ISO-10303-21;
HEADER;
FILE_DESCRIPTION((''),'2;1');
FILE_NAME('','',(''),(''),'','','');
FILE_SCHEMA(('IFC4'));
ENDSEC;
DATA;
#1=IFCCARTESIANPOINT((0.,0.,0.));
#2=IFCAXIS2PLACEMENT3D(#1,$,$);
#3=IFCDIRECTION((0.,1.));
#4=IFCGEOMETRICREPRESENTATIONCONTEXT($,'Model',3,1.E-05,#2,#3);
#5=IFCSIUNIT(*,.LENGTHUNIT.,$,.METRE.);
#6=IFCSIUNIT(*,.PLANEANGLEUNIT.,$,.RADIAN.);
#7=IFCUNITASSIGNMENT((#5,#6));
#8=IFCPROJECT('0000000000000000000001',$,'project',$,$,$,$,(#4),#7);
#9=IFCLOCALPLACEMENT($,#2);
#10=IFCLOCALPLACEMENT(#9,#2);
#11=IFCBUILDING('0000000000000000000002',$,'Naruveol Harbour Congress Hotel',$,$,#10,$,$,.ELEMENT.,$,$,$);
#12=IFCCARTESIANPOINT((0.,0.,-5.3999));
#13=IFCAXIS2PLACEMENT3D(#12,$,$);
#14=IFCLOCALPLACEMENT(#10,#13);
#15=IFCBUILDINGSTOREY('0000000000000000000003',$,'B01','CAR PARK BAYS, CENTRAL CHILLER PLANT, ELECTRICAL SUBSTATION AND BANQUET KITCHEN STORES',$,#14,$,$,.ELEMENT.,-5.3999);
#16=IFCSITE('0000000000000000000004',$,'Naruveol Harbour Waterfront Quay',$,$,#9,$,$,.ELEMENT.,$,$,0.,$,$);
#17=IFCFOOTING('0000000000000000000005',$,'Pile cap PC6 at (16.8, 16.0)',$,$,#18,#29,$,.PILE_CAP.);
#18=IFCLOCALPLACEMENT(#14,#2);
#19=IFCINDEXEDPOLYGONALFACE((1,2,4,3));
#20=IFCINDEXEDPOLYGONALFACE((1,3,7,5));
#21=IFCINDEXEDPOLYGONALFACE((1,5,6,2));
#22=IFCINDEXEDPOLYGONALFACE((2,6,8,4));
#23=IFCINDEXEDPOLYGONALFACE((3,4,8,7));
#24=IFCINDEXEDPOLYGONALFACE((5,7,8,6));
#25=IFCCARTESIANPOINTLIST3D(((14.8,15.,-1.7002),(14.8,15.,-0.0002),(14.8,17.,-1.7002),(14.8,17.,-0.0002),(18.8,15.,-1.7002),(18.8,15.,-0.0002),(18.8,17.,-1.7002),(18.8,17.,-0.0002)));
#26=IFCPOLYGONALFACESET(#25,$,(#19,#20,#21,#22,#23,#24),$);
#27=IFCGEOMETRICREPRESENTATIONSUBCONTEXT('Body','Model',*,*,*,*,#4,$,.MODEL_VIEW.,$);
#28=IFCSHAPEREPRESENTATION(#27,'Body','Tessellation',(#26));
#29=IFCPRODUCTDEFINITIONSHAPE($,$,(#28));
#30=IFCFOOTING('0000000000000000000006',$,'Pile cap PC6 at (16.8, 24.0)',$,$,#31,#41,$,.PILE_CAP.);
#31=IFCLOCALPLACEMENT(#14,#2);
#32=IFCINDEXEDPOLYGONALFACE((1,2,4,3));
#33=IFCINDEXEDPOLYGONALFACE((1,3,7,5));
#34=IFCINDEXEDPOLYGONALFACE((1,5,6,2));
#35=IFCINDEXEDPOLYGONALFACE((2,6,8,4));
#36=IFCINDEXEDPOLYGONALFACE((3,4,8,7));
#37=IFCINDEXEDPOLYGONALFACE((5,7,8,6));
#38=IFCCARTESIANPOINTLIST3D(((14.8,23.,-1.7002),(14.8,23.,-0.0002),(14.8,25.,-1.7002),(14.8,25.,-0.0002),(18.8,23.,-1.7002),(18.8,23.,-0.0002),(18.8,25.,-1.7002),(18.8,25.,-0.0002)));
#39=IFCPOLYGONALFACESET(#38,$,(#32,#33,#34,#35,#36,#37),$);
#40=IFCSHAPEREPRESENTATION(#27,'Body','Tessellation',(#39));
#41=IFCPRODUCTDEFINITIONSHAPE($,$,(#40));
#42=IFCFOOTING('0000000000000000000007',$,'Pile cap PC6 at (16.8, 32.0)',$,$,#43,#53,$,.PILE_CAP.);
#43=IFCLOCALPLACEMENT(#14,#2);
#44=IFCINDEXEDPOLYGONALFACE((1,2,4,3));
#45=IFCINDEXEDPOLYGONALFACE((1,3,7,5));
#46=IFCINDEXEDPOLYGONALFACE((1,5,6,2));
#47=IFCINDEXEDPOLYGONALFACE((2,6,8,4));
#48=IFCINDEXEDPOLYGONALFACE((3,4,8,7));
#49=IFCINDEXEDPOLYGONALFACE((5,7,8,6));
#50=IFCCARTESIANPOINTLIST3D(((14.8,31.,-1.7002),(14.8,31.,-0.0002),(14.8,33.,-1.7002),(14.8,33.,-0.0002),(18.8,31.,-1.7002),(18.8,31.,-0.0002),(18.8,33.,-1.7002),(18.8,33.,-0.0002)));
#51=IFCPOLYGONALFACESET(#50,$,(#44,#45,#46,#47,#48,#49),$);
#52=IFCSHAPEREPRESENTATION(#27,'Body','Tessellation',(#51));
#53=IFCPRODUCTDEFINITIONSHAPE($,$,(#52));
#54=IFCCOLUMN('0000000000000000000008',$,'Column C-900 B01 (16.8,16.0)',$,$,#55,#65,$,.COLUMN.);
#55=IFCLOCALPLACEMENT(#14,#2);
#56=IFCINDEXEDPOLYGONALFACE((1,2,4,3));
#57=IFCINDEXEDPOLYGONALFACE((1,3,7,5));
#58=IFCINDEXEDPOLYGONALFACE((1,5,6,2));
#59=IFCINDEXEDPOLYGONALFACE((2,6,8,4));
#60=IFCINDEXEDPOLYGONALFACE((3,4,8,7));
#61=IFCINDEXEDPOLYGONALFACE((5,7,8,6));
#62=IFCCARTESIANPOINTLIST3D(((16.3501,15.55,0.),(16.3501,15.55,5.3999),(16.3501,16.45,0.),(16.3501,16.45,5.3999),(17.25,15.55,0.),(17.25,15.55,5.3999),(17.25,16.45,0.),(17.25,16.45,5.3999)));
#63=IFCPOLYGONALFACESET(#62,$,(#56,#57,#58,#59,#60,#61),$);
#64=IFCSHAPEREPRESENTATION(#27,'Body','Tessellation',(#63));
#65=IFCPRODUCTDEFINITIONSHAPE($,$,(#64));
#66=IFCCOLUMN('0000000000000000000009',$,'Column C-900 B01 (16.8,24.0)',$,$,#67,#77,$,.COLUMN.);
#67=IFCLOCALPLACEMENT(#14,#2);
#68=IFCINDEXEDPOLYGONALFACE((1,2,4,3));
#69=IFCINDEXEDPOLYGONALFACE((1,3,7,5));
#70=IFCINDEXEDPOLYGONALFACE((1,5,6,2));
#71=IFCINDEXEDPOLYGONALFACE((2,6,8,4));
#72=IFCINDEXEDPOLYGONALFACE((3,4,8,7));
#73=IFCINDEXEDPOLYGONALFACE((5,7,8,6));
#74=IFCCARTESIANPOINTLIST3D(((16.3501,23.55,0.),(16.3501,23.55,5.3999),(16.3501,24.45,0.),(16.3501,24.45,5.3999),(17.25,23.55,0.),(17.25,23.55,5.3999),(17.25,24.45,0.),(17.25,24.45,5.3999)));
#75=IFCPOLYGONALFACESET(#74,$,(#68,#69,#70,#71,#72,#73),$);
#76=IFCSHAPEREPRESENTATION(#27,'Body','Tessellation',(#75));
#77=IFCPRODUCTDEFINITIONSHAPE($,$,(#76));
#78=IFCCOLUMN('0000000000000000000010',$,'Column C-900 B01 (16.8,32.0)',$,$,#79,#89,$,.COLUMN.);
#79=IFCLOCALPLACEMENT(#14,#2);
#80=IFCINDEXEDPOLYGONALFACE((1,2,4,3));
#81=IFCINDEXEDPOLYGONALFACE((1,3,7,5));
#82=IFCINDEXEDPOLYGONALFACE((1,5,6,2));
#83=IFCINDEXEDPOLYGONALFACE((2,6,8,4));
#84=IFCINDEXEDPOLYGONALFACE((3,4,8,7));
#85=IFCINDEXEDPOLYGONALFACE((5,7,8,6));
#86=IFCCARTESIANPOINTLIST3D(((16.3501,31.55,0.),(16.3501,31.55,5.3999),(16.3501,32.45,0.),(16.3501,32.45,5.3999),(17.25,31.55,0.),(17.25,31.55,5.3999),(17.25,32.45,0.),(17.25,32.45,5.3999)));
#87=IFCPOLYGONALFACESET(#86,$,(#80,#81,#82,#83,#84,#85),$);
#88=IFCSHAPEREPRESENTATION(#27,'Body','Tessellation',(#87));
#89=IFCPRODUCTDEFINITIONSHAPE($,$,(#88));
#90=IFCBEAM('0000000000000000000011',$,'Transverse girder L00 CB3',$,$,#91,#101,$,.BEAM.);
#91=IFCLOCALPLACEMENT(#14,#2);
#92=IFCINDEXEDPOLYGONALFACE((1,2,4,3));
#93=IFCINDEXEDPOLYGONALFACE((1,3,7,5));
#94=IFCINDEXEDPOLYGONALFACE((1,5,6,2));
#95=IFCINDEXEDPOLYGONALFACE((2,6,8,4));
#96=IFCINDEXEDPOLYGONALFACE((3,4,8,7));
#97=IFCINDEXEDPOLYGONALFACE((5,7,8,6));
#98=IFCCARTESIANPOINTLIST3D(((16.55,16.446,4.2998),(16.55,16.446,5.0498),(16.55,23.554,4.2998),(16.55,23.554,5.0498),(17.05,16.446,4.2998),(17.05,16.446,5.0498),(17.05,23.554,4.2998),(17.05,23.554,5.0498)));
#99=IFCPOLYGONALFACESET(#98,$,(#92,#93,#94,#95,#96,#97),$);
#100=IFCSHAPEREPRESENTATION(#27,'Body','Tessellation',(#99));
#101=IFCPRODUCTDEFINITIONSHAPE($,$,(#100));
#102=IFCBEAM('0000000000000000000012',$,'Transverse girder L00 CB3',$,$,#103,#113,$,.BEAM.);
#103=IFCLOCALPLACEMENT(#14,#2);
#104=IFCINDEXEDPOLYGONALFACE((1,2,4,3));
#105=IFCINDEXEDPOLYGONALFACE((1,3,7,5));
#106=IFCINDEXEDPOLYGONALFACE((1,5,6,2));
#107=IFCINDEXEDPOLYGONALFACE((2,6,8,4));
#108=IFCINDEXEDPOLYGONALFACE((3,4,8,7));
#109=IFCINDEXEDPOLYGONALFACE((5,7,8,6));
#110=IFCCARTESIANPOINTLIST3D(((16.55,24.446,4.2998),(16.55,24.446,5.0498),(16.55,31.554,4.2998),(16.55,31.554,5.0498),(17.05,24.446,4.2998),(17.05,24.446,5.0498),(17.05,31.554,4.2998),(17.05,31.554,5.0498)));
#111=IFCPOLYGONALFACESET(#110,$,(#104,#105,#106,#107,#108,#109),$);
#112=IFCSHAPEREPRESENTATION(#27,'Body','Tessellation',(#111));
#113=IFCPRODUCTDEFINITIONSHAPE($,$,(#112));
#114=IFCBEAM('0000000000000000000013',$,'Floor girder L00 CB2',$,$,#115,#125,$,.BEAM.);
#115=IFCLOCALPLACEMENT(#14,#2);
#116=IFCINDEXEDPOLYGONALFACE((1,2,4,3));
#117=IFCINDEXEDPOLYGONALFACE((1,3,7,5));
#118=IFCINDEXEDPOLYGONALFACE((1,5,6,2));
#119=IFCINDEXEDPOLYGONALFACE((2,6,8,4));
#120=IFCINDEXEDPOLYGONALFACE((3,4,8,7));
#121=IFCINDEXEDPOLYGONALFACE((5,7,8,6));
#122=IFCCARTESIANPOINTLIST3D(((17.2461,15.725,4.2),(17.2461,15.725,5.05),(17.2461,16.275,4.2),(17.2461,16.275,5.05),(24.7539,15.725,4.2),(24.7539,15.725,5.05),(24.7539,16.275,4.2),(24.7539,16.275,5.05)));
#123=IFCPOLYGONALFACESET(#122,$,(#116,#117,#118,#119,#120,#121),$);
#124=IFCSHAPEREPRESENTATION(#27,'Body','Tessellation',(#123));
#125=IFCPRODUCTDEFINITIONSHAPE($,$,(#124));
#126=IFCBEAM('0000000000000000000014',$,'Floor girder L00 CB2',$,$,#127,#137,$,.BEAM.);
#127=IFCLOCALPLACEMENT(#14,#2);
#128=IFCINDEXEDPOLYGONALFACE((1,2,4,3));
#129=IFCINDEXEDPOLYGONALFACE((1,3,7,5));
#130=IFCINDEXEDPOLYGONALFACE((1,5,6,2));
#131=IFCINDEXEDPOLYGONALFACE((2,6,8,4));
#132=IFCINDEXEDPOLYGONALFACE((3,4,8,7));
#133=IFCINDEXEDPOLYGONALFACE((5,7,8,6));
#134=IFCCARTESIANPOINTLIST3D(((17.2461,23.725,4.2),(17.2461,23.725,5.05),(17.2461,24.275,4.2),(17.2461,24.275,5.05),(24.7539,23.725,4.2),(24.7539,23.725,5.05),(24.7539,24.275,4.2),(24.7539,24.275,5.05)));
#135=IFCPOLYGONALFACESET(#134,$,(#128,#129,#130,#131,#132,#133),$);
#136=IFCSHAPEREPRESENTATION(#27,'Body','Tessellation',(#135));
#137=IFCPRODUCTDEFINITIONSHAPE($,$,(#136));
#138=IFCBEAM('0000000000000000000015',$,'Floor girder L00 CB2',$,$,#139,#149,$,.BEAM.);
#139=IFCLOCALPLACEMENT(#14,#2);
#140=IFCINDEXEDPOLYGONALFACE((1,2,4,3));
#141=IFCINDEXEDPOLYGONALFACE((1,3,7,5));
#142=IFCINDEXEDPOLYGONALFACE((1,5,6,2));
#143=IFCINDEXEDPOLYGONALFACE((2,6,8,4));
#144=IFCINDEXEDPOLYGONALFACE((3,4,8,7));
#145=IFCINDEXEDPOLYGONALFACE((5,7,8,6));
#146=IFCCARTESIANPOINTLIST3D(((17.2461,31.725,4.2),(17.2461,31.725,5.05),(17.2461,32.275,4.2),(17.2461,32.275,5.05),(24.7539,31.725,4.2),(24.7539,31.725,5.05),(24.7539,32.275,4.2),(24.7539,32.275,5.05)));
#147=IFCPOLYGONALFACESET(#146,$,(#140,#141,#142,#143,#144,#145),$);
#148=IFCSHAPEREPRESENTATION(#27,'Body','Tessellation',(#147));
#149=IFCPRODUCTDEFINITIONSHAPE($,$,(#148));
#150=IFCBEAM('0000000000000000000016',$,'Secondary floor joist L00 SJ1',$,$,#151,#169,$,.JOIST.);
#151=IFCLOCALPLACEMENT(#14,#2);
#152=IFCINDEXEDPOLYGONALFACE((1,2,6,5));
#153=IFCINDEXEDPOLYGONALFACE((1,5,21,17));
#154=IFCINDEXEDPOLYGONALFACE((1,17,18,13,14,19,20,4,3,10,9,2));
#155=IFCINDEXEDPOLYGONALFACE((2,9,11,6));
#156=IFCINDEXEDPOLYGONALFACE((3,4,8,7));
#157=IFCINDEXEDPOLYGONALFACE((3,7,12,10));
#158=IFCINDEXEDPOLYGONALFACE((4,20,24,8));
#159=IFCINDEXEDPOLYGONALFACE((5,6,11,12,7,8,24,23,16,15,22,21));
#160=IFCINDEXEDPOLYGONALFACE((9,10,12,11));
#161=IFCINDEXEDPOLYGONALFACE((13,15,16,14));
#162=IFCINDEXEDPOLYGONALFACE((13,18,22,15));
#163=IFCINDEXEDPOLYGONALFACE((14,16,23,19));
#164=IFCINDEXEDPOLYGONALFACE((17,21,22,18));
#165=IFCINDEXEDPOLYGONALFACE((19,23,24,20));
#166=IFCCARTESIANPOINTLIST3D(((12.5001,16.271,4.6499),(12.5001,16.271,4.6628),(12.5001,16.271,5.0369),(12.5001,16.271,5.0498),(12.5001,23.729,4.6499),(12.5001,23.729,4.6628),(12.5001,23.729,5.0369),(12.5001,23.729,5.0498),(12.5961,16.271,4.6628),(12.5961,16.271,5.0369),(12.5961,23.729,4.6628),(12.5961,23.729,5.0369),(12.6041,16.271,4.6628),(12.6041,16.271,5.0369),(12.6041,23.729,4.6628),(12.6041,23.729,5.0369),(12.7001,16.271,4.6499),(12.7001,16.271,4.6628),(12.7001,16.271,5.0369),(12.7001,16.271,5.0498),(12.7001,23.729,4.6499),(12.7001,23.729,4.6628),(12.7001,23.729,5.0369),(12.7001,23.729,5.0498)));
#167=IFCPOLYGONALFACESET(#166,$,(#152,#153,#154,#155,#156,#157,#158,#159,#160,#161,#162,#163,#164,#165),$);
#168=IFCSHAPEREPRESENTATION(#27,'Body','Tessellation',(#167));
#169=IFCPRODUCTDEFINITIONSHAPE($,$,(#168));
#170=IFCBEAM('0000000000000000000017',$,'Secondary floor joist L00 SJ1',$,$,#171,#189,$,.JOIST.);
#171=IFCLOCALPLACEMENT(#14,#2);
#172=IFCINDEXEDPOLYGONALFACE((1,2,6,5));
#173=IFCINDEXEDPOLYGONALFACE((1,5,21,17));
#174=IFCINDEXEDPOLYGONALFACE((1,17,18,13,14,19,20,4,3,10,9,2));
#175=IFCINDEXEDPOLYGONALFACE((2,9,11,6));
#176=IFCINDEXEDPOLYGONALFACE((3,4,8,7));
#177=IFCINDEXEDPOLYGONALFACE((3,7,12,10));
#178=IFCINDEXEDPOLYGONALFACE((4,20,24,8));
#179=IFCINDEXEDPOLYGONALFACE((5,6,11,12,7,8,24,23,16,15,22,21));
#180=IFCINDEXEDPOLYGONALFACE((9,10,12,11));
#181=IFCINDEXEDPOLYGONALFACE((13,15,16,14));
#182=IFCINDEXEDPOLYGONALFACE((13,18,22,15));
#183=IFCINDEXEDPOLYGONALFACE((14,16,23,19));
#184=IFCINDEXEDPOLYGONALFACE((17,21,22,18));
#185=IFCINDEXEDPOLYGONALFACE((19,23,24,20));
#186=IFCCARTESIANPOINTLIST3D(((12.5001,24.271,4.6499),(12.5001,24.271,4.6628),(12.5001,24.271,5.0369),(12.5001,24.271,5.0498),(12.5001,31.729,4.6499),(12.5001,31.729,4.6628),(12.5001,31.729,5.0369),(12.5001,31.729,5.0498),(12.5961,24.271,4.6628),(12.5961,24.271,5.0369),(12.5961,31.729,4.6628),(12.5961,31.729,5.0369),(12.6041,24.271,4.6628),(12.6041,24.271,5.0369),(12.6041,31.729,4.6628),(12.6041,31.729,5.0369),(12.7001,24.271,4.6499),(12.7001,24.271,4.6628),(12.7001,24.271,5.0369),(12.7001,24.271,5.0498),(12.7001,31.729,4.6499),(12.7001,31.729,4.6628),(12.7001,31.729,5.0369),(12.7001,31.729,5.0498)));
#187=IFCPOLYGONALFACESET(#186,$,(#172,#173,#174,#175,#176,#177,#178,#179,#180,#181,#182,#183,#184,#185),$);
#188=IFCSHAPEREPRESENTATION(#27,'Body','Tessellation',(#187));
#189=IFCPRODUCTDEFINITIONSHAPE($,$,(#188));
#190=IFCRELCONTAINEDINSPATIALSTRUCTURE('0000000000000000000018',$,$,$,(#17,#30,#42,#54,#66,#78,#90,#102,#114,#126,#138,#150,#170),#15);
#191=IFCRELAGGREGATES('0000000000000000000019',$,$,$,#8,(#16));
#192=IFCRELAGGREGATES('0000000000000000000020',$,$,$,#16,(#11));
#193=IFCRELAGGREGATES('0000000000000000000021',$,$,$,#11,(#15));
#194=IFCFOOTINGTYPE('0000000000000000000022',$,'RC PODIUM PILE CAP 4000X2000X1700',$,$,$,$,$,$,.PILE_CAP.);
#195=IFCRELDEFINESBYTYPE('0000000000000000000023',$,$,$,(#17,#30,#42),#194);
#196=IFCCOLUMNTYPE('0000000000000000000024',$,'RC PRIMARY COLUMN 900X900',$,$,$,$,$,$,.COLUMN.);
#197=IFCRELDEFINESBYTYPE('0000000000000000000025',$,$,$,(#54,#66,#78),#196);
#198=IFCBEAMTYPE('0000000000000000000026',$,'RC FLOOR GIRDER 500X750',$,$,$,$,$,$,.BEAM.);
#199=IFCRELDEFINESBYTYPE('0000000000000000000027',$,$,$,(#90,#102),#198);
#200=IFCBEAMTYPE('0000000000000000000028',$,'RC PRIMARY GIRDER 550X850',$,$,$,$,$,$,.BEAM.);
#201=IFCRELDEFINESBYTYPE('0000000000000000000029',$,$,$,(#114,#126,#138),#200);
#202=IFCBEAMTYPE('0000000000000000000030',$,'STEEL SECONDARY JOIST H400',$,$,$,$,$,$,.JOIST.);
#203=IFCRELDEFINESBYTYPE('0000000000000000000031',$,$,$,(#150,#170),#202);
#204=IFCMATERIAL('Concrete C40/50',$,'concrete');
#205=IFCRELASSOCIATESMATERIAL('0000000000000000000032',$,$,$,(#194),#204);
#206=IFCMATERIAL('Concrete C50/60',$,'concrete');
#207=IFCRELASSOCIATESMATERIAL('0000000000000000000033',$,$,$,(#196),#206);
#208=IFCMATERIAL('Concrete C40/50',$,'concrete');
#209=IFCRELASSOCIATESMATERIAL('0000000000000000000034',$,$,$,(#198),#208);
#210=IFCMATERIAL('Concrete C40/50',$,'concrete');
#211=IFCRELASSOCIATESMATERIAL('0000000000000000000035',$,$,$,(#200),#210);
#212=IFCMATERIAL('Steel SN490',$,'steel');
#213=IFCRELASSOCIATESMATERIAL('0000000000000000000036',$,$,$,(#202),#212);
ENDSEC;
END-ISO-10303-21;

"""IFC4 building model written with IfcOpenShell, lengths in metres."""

from ifc_helpers import new_model, si_unit, direction, frame, origin, origin_2d, place, context, subcontext, project, spatial, rectangle, i_section, extrude, material, material_profile, profile_set, type_object, element, save


model = new_model("IFC4")

# Units and contexts
model_context = context("Model", 3, precision=1e-05, world=origin(), true_north=direction((0.0, 1.0)))
body_context = subcontext(model_context, "Body", "Model", "MODEL_VIEW")
ifc_project = project(units=[si_unit("LENGTHUNIT", "METRE"), si_unit("PLANEANGLEUNIT", "RADIAN")], contexts=[model_context])

# Site, building, storey
site_placement = place(None, origin())
site = spatial("IfcSite", under=ifc_project, at=site_placement, Name="Naruveol Harbour Waterfront Quay", CompositionType="ELEMENT", RefElevation=0.0)
building_placement = place(site_placement, origin())
building = spatial("IfcBuilding", under=site, at=building_placement, Name="Naruveol Harbour Congress Hotel", CompositionType="ELEMENT")
storey_placement = place(building_placement, frame((0.0, 0.0, -5.3999)))
storey = spatial("IfcBuildingStorey", under=building, at=storey_placement, Name="B01", Description="CAR PARK BAYS, CENTRAL CHILLER PLANT, ELECTRICAL SUBSTATION AND BANQUET KITCHEN STORES", CompositionType="ELEMENT", Elevation=-5.3999)

# Footings
ifc_material_1 = material(Name="Concrete C40/50", Category="concrete")
footing_type_1 = type_object("IfcFootingType", Name="RC PODIUM PILE CAP 4000X2000X1700", PredefinedType="PILE_CAP", material=ifc_material_1)
for number, where, z_axis, x_axis, name in (
    (1, (16.8, 16.0, -1.7002), (0.0, 0.0, 1.0), (1.0, 0.0, 0.0), "Pile cap PC6 at (16.8, 16.0)"),
    (2, (16.8, 24.0, -1.7002), (0.0, 0.0, 1.0), (1.0, 0.0, 0.0), "Pile cap PC6 at (16.8, 24.0)"),
    (3, (16.8, 32.0, -1.7002), (0.0, 0.0, 1.0), (1.0, 0.0, 0.0), "Pile cap PC6 at (16.8, 32.0)"),
):
    element("IfcFooting", number, at=place(storey_placement, frame(where, z_axis=z_axis, x_axis=x_axis)), inside=storey, type_object=footing_type_1, Name=name, PredefinedType="PILE_CAP", context=body_context, shape_type="SweptSolid", body=[
        extrude(rectangle(XDim=4.0, YDim=2.0, at=origin_2d()), origin(), (0.0, 0.0, 1.0), 1.7),
    ])

# Columns
ifc_material_2 = material(Name="Concrete C50/60", Category="concrete")
ifc_material_profile_1 = material_profile(ifc_material_2, rectangle(XDim=0.8999, YDim=0.8999, at=origin_2d()), Name="RC-900x900")
ifc_profile_set_1 = profile_set([ifc_material_profile_1], Name="Concrete C50/60")
column_type = type_object("IfcColumnType", Name="RC PRIMARY COLUMN 900X900", PredefinedType="COLUMN", material=ifc_profile_set_1)
for number, where, z_axis, x_axis, name in (
    (4, (16.8, 16.0, 0.0), (0.0, 0.0, 1.0), (1.0, 0.0, 0.0), "Column C-900 B01 (16.8,16.0)"),
    (5, (16.8, 24.0, 0.0), (0.0, 0.0, 1.0), (1.0, 0.0, 0.0), "Column C-900 B01 (16.8,24.0)"),
    (6, (16.8, 32.0, 0.0), (0.0, 0.0, 1.0), (1.0, 0.0, 0.0), "Column C-900 B01 (16.8,32.0)"),
):
    element("IfcColumn", number, at=place(storey_placement, frame(where, z_axis=z_axis, x_axis=x_axis)), inside=storey, type_object=column_type, Name=name, PredefinedType="COLUMN", context=body_context, shape_type="SweptSolid", body=[
        extrude(rectangle(XDim=0.8999, YDim=0.8999, at=origin_2d()), origin(), (0.0, 0.0, 1.0), 5.3999),
    ])

# Beams
ifc_material_3 = material(Name="Concrete C40/50", Category="concrete")
ifc_material_profile_2 = material_profile(ifc_material_3, rectangle(XDim=0.5, YDim=0.75, at=origin_2d()), Name="RCB-500x750")
ifc_profile_set_2 = profile_set([ifc_material_profile_2], Name="Concrete C40/50")
beam_type_1 = type_object("IfcBeamType", Name="RC FLOOR GIRDER 500X750", PredefinedType="BEAM", material=ifc_profile_set_2)
for number, where, z_axis, x_axis, name in (
    (7, (16.8, 16.446, 4.6748), (0.0, 1.0, 0.0), (-1.0, 0.0, 0.0), "Transverse girder L00 CB3"),
    (8, (16.8, 24.446, 4.6748), (0.0, 1.0, 0.0), (-1.0, 0.0, 0.0), "Transverse girder L00 CB3"),
):
    element("IfcBeam", number, at=place(storey_placement, frame(where, z_axis=z_axis, x_axis=x_axis)), inside=storey, type_object=beam_type_1, Name=name, PredefinedType="BEAM", context=body_context, shape_type="SweptSolid", body=[
        extrude(rectangle(XDim=0.5, YDim=0.75, at=origin_2d()), origin(), (0.0, 0.0, 1.0), 7.1079),
    ])
ifc_material_4 = material(Name="Concrete C40/50", Category="concrete")
ifc_material_profile_3 = material_profile(ifc_material_4, rectangle(XDim=0.55, YDim=0.8501, at=origin_2d()), Name="RCB-550x850")
ifc_profile_set_3 = profile_set([ifc_material_profile_3], Name="Concrete C40/50")
beam_type_2 = type_object("IfcBeamType", Name="RC PRIMARY GIRDER 550X850", PredefinedType="BEAM", material=ifc_profile_set_3)
for number, where, z_axis, x_axis, name in (
    (9, (17.2461, 16.0, 4.625), (1.0, 0.0, 0.0), (0.0, 1.0, 0.0), "Floor girder L00 CB2"),
    (10, (17.2461, 24.0, 4.625), (1.0, 0.0, 0.0), (0.0, 1.0, 0.0), "Floor girder L00 CB2"),
    (11, (17.2461, 32.0, 4.625), (1.0, 0.0, 0.0), (0.0, 1.0, 0.0), "Floor girder L00 CB2"),
):
    element("IfcBeam", number, at=place(storey_placement, frame(where, z_axis=z_axis, x_axis=x_axis)), inside=storey, type_object=beam_type_2, Name=name, PredefinedType="BEAM", context=body_context, shape_type="SweptSolid", body=[
        extrude(rectangle(XDim=0.55, YDim=0.8501, at=origin_2d()), origin(), (0.0, 0.0, 1.0), 7.5078),
    ])
ifc_material_5 = material(Name="Steel SN490", Category="steel")
ifc_material_profile_4 = material_profile(ifc_material_5, i_section(OverallWidth=0.2, OverallDepth=0.3999, WebThickness=0.0081, FlangeThickness=0.0129, at=origin_2d()), Name="H-400x200x8x13")
ifc_profile_set_4 = profile_set([ifc_material_profile_4], Name="Steel SN490")
beam_type_3 = type_object("IfcBeamType", Name="STEEL SECONDARY JOIST H400", PredefinedType="JOIST", material=ifc_profile_set_4)
for number, where, z_axis, x_axis, name in (
    (12, (12.6001, 16.271, 4.8499), (0.0, 1.0, 0.0), (-1.0, 0.0, 0.0), "Secondary floor joist L00 SJ1"),
    (13, (12.6001, 24.271, 4.8499), (0.0, 1.0, 0.0), (-1.0, 0.0, 0.0), "Secondary floor joist L00 SJ1"),
):
    element("IfcBeam", number, at=place(storey_placement, frame(where, z_axis=z_axis, x_axis=x_axis)), inside=storey, type_object=beam_type_3, Name=name, PredefinedType="JOIST", context=body_context, shape_type="SweptSolid", body=[
        extrude(i_section(OverallWidth=0.2, OverallDepth=0.3999, WebThickness=0.0081, FlangeThickness=0.0129, at=origin_2d()), origin(), (0.0, 0.0, 1.0), 7.458),
    ])

save(model, "model.ifc")
